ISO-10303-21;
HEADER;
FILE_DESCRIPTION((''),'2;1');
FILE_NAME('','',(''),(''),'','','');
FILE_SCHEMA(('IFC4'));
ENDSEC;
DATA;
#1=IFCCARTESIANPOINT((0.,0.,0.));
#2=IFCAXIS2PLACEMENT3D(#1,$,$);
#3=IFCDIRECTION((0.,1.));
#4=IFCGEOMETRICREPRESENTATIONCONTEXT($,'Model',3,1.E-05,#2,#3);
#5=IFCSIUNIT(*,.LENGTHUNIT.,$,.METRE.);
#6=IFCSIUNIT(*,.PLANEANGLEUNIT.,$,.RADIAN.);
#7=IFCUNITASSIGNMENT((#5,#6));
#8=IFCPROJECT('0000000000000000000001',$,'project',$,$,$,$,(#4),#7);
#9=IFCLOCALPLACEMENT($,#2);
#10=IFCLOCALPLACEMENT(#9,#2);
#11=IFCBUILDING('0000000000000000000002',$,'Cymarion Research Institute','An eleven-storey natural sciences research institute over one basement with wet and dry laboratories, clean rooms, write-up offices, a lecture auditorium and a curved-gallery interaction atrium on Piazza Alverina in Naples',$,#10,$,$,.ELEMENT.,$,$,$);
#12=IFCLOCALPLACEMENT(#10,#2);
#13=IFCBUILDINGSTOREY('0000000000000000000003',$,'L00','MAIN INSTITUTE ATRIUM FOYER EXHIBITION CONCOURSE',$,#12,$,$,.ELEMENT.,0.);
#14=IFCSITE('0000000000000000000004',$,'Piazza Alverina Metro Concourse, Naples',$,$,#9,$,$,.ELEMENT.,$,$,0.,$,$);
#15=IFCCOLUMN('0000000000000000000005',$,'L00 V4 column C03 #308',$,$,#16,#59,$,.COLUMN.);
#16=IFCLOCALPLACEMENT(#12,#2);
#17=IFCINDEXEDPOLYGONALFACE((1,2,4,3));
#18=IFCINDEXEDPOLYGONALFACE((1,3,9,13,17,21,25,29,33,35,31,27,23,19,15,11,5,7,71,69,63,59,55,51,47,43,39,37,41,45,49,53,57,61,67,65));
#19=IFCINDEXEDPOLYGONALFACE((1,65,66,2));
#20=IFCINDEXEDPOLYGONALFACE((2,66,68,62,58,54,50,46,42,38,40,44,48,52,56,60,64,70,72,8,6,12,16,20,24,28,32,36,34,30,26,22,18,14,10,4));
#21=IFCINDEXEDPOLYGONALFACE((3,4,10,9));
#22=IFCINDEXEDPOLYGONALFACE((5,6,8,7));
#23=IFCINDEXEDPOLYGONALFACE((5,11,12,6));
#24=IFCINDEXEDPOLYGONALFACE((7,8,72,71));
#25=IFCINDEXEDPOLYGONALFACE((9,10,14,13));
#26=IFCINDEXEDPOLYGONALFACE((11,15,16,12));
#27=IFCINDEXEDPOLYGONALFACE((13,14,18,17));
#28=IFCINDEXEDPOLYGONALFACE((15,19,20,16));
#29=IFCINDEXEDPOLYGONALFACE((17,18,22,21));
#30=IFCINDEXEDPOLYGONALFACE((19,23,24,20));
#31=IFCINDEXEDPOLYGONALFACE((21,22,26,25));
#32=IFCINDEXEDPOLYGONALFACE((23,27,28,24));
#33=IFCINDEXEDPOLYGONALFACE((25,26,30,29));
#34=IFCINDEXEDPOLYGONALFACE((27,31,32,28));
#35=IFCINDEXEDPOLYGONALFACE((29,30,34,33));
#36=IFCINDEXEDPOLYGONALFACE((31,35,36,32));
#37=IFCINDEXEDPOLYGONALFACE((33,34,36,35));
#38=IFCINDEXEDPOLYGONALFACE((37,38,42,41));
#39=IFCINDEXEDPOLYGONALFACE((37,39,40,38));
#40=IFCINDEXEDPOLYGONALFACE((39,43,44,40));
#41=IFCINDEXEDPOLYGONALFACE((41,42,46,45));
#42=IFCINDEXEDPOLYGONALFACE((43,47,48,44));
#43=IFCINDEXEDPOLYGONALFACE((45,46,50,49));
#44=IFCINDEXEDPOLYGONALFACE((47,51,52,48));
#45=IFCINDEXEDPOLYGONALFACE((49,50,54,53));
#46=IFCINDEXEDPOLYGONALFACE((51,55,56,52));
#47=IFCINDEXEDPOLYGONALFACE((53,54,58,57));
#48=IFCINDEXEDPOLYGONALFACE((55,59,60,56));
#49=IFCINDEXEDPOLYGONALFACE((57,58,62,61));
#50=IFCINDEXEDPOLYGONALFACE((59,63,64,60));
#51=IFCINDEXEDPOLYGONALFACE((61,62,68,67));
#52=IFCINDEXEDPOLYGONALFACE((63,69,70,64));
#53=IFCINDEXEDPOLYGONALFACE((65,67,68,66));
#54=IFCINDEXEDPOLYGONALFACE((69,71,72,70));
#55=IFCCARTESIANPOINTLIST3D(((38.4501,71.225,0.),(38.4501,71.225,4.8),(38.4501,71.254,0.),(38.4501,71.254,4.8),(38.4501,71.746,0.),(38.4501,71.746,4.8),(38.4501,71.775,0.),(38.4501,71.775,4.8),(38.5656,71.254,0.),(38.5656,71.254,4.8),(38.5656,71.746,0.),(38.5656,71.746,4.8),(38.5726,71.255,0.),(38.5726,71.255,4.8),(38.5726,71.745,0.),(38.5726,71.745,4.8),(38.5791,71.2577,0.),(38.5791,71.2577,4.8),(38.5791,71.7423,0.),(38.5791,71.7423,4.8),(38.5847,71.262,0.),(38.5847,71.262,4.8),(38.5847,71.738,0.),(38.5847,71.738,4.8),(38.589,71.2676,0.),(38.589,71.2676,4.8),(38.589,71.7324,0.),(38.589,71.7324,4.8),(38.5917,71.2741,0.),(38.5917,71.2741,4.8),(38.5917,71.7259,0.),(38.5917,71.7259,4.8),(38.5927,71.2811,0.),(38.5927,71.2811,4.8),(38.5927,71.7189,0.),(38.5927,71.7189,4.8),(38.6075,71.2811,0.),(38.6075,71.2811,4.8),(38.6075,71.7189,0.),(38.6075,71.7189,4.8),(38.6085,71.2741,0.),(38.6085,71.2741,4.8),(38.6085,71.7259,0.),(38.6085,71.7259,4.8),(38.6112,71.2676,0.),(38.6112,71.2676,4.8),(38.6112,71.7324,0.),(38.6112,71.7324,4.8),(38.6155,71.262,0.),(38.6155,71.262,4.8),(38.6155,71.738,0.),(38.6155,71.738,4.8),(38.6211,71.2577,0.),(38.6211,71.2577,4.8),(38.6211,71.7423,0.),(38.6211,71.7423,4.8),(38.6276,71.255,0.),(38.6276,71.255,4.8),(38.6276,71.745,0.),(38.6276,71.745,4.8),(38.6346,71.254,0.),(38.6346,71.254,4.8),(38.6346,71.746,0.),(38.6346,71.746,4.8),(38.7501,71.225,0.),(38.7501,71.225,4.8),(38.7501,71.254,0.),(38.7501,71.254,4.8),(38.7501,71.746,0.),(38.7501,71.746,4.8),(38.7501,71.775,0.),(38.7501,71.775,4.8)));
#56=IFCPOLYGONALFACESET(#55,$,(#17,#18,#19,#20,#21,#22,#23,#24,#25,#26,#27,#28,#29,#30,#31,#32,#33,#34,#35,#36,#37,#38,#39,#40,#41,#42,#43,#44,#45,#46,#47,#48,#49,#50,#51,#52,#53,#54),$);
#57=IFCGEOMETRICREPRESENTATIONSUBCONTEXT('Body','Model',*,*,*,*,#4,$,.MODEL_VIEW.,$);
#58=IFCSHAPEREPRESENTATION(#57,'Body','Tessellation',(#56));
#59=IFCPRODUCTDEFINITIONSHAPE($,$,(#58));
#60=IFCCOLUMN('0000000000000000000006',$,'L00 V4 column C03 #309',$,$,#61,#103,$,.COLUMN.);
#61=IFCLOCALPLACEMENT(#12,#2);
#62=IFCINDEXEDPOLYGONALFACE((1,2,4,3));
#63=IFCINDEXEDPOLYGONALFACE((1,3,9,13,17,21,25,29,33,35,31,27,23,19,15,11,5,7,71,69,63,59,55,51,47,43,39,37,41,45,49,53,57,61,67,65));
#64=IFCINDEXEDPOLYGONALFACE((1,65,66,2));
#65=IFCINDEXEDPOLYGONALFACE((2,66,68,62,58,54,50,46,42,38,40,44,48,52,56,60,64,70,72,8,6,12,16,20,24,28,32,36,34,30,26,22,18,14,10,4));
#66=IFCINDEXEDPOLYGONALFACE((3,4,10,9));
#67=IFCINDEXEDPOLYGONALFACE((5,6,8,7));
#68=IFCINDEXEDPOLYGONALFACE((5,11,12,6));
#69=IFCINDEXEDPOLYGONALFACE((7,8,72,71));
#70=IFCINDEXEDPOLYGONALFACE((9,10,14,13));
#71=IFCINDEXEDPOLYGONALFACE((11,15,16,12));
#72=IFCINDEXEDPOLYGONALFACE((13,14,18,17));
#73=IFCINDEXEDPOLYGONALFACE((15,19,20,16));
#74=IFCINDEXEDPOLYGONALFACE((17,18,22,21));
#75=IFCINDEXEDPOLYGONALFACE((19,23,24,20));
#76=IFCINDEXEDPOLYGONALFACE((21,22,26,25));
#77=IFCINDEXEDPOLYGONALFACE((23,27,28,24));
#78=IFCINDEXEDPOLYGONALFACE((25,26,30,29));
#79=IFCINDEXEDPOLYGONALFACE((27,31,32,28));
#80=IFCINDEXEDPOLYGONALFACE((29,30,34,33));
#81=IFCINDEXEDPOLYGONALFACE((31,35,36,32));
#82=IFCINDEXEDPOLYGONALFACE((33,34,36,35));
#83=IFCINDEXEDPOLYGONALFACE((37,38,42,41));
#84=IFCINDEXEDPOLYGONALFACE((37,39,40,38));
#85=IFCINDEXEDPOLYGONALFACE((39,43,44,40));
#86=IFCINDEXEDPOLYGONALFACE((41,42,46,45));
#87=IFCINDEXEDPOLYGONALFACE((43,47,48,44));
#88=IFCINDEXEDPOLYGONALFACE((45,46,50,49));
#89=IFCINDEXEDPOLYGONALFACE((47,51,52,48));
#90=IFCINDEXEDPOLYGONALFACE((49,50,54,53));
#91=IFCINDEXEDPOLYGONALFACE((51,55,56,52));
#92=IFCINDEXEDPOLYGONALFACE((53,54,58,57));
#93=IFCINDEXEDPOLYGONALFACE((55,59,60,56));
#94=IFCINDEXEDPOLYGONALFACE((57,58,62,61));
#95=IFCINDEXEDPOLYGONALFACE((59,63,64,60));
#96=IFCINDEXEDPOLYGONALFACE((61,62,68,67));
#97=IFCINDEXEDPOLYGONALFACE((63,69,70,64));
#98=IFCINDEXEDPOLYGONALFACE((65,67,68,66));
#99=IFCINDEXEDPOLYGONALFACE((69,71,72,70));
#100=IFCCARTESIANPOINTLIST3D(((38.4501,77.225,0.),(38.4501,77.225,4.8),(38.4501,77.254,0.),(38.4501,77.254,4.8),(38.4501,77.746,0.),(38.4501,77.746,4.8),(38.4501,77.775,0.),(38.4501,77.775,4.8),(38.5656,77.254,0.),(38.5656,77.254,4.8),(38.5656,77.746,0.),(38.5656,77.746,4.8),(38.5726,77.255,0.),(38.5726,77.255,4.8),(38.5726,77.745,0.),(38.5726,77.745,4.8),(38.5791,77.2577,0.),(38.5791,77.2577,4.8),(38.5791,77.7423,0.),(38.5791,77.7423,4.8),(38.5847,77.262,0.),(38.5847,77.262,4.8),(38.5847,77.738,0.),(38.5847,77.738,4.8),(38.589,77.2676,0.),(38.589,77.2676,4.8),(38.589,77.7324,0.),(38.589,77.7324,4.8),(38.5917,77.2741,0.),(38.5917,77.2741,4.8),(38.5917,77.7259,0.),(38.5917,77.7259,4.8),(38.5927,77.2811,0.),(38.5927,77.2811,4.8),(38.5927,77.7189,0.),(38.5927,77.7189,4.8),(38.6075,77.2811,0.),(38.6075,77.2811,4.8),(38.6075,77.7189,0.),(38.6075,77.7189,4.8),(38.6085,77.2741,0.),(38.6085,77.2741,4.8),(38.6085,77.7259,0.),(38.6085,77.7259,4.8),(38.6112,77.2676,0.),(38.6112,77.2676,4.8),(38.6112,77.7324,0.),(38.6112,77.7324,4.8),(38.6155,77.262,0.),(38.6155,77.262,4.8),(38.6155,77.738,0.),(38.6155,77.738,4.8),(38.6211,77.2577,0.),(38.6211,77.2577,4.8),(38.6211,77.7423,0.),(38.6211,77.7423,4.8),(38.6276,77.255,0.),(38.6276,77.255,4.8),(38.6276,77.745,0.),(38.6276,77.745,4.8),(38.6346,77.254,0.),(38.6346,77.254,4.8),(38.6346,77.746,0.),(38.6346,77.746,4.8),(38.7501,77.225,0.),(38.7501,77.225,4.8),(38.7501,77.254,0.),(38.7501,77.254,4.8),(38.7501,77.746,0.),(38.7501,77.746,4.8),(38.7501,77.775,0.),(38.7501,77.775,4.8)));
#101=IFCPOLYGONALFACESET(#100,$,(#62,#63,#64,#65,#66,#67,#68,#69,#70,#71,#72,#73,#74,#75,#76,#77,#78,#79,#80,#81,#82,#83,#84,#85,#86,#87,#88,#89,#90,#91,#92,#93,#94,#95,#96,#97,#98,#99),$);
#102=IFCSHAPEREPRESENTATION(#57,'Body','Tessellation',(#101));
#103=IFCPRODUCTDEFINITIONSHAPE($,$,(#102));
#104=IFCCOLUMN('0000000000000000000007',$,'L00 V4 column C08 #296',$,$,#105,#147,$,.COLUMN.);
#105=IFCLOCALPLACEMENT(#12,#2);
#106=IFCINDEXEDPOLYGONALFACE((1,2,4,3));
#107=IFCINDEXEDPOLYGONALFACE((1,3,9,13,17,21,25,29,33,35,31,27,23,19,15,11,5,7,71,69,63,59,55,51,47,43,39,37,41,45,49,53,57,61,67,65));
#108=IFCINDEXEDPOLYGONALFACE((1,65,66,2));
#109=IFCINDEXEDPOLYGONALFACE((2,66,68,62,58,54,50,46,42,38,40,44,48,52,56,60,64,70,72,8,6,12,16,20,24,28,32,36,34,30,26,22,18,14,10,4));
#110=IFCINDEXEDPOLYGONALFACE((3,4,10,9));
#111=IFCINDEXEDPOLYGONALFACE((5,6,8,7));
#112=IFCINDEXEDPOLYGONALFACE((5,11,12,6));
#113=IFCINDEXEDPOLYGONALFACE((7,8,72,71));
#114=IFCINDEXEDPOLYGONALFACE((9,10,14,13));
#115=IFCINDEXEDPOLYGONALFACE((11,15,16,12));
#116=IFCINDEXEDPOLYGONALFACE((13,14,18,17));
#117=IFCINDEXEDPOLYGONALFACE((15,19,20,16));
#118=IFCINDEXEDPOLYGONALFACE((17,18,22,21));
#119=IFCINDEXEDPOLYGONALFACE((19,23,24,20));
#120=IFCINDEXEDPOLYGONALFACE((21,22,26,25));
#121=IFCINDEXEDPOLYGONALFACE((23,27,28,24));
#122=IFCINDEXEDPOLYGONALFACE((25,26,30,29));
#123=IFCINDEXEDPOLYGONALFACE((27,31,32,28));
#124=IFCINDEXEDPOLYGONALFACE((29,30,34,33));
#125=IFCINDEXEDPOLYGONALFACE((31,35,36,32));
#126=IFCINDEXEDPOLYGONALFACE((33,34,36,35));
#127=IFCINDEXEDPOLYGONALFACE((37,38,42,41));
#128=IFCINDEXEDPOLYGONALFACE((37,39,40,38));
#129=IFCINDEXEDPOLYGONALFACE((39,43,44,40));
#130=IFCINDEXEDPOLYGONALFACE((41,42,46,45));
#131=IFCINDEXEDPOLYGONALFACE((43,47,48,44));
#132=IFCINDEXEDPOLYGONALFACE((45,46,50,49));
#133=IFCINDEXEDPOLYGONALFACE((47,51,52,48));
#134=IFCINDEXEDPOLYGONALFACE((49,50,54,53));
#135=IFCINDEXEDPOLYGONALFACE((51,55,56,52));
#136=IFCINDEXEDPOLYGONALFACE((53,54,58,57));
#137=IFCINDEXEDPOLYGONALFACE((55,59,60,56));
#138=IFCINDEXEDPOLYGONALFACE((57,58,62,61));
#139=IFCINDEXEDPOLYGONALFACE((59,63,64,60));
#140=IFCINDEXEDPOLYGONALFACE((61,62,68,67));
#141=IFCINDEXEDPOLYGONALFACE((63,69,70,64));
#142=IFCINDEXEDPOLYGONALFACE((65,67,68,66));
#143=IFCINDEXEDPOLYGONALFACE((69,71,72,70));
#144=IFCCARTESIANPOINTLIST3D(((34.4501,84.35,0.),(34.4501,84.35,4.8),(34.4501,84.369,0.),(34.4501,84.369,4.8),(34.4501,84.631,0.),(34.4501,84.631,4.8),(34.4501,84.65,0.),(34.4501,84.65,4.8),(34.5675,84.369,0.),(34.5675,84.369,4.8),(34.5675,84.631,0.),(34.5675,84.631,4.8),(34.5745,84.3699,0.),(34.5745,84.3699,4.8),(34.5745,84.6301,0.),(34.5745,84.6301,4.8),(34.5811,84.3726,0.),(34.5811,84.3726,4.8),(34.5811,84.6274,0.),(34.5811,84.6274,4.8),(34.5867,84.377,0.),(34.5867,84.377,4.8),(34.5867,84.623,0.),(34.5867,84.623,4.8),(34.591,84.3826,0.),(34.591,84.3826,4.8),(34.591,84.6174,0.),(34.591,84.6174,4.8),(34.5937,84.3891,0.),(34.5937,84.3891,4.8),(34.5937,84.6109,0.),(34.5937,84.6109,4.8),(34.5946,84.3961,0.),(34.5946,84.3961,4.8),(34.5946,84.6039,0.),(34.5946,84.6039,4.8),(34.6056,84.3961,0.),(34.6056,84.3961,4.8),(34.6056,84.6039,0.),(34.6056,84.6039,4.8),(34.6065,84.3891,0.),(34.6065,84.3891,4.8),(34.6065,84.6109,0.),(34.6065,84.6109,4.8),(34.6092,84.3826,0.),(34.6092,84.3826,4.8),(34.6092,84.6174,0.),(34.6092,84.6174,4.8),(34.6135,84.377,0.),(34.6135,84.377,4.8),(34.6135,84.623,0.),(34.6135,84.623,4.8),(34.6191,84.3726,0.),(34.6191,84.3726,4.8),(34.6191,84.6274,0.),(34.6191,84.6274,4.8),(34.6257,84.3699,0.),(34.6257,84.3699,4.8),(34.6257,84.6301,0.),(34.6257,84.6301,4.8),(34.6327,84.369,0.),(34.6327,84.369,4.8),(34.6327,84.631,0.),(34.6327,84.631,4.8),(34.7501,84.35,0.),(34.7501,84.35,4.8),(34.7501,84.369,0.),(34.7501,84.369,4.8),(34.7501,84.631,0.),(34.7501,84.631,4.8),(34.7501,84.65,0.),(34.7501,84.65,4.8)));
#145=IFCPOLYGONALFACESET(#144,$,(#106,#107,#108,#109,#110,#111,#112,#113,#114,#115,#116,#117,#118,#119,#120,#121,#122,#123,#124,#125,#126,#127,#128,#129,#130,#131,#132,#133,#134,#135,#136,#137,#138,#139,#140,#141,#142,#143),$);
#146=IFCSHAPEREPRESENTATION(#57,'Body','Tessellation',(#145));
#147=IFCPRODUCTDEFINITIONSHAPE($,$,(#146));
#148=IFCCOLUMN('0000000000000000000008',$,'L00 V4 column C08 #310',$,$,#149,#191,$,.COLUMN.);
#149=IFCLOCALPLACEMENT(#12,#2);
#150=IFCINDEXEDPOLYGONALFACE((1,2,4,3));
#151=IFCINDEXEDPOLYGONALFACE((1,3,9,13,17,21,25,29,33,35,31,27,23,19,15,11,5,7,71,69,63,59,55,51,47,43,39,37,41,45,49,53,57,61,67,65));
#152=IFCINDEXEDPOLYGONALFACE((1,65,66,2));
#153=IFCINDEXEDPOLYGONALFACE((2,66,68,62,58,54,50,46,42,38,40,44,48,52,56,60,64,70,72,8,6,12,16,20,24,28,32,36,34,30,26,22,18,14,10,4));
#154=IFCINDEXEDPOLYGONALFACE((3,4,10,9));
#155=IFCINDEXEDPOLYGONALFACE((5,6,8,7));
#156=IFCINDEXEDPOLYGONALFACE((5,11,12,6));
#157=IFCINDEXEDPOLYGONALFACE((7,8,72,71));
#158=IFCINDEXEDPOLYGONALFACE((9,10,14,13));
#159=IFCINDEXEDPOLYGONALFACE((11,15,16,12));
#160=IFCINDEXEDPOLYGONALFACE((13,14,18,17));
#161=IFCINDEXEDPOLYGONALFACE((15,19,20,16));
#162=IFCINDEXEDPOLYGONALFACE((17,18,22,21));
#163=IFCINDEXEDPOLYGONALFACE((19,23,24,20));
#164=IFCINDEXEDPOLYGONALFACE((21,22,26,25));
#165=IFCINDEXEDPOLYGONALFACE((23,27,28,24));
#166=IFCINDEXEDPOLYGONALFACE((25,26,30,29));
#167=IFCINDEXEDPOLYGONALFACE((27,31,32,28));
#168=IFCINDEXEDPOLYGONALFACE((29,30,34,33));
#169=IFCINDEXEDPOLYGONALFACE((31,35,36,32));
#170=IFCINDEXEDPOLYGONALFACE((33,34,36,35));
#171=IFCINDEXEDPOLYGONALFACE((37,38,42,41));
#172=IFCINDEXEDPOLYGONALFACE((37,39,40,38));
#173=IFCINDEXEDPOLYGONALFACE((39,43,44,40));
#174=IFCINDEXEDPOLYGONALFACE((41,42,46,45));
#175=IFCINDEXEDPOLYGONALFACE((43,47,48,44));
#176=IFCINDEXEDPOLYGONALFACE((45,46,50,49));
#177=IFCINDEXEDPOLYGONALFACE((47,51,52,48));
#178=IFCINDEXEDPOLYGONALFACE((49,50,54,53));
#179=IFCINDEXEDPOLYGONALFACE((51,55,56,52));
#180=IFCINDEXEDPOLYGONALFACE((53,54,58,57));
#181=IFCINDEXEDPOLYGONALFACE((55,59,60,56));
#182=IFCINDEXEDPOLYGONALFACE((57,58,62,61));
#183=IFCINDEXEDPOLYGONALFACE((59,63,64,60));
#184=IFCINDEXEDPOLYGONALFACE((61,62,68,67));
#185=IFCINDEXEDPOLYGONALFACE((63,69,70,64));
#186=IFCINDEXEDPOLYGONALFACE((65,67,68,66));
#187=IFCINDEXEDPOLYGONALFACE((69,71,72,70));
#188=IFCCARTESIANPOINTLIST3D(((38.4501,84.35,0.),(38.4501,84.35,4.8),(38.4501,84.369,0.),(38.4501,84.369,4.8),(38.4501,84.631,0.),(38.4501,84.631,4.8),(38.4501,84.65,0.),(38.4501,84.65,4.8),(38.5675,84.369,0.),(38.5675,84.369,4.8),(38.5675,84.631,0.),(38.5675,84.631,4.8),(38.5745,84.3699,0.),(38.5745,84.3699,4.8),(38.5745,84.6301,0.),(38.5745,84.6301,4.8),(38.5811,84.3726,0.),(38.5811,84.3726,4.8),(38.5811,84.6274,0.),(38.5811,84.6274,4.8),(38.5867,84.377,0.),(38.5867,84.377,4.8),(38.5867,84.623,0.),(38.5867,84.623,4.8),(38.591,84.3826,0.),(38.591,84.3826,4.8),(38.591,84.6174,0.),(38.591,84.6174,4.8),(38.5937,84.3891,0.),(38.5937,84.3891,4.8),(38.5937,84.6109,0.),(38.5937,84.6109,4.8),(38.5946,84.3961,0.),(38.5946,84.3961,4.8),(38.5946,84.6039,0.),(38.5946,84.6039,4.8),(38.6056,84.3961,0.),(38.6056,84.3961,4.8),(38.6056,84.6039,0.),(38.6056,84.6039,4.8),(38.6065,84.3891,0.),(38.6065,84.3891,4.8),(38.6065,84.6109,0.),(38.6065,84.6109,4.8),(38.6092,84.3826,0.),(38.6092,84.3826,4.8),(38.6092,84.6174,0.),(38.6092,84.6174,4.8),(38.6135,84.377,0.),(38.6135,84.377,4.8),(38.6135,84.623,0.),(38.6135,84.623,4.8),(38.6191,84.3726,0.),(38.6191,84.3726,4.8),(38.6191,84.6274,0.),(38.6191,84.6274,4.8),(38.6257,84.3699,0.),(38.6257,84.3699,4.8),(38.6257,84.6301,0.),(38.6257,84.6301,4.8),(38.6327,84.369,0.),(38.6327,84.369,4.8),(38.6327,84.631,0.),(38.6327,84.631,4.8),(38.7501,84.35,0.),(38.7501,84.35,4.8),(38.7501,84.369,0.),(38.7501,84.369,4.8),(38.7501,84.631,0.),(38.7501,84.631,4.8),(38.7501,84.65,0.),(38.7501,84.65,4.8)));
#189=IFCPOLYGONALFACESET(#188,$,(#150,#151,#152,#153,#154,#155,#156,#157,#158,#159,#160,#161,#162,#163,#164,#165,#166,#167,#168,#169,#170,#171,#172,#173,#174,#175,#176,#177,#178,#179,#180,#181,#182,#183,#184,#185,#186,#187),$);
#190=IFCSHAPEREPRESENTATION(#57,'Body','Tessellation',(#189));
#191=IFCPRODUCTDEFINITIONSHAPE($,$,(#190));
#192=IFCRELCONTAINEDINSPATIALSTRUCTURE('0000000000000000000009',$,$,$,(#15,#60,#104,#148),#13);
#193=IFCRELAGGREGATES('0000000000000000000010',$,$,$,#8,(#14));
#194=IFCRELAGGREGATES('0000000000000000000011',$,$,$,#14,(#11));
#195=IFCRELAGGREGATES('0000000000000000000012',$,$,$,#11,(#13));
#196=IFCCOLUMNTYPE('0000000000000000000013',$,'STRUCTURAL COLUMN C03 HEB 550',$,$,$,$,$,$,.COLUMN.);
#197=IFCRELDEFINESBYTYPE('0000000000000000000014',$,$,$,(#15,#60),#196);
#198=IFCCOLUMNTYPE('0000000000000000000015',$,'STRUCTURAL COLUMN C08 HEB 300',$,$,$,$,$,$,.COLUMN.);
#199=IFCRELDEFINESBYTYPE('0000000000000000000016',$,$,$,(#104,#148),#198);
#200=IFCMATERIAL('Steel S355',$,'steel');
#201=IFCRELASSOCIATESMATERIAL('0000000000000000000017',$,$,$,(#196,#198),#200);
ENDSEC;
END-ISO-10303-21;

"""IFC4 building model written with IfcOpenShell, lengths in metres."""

from ifc_helpers import new_model, si_unit, direction, frame, origin, origin_2d, place, context, subcontext, project, spatial, i_section, extrude, material, material_profile, profile_set, type_object, element, save


model = new_model("IFC4")

# Units and contexts
model_context = context("Model", 3, precision=1e-05, world=origin(), true_north=direction((0.0, 1.0)))
body_context = subcontext(model_context, "Body", "Model", "MODEL_VIEW")
ifc_project = project(units=[si_unit("LENGTHUNIT", "METRE"), si_unit("PLANEANGLEUNIT", "RADIAN")], contexts=[model_context])

# Site, building, storey
site_placement = place(None, origin())
site = spatial("IfcSite", under=ifc_project, at=site_placement, Name="Piazza Alverina Metro Concourse, Naples", CompositionType="ELEMENT", RefElevation=0.0)
building_placement = place(site_placement, origin())
building = spatial("IfcBuilding", under=site, at=building_placement, Name="Cymarion Research Institute", Description="An eleven-storey natural sciences research institute over one basement with wet and dry laboratories, clean rooms, write-up offices, a lecture auditorium and a curved-gallery interaction atrium on Piazza Alverina in Naples", CompositionType="ELEMENT")
storey_placement = place(building_placement, origin())
storey = spatial("IfcBuildingStorey", under=building, at=storey_placement, Name="L00", Description="MAIN INSTITUTE ATRIUM FOYER EXHIBITION CONCOURSE", CompositionType="ELEMENT", Elevation=0.0)

# Columns
ifc_material_1 = material(Name="Steel S355", Category="steel")
ifc_material_profile_1 = material_profile(ifc_material_1, i_section(OverallWidth=0.3, OverallDepth=0.55, WebThickness=0.0149, FlangeThickness=0.0291, FilletRadius=0.0271, at=origin_2d()), Name="HEB 550")
ifc_profile_set_1 = profile_set([ifc_material_profile_1], Name="Steel S355")
column_type_1 = type_object("IfcColumnType", Name="STRUCTURAL COLUMN C03 HEB 550", PredefinedType="COLUMN", material=ifc_profile_set_1)
for number, where, z_axis, x_axis, name in (
    (1, (38.6001, 71.5, 0.0), (0.0, 0.0, 1.0), (1.0, 0.0, 0.0), "L00 V4 column C03 #308"),
    (2, (38.6001, 77.5, 0.0), (0.0, 0.0, 1.0), (1.0, 0.0, 0.0), "L00 V4 column C03 #309"),
):
    element("IfcColumn", number, at=place(storey_placement, frame(where, z_axis=z_axis, x_axis=x_axis)), inside=storey, type_object=column_type_1, Name=name, PredefinedType="COLUMN", context=body_context, shape_type="SweptSolid", body=[
        extrude(i_section(OverallWidth=0.3, OverallDepth=0.55, WebThickness=0.0149, FlangeThickness=0.0291, FilletRadius=0.0271, at=origin_2d()), origin(), (0.0, 0.0, 1.0), 4.8),
    ])
ifc_material_profile_2 = material_profile(ifc_material_1, i_section(OverallWidth=0.3, OverallDepth=0.3, WebThickness=0.011, FlangeThickness=0.019, FilletRadius=0.0271, at=origin_2d()), Name="HEB 300")
ifc_profile_set_2 = profile_set([ifc_material_profile_2], Name="Steel S355")
column_type_2 = type_object("IfcColumnType", Name="STRUCTURAL COLUMN C08 HEB 300", PredefinedType="COLUMN", material=ifc_profile_set_2)
for number, where, z_axis, x_axis, name in (
    (3, (34.6001, 84.5, 0.0), (0.0, 0.0, 1.0), (1.0, 0.0, 0.0), "L00 V4 column C08 #296"),
    (4, (38.6001, 84.5, 0.0), (0.0, 0.0, 1.0), (1.0, 0.0, 0.0), "L00 V4 column C08 #310"),
):
    element("IfcColumn", number, at=place(storey_placement, frame(where, z_axis=z_axis, x_axis=x_axis)), inside=storey, type_object=column_type_2, Name=name, PredefinedType="COLUMN", context=body_context, shape_type="SweptSolid", body=[
        extrude(i_section(OverallWidth=0.3, OverallDepth=0.3, WebThickness=0.011, FlangeThickness=0.019, FilletRadius=0.0271, at=origin_2d()), origin(), (0.0, 0.0, 1.0), 4.8),
    ])

save(model, "model.ifc")
